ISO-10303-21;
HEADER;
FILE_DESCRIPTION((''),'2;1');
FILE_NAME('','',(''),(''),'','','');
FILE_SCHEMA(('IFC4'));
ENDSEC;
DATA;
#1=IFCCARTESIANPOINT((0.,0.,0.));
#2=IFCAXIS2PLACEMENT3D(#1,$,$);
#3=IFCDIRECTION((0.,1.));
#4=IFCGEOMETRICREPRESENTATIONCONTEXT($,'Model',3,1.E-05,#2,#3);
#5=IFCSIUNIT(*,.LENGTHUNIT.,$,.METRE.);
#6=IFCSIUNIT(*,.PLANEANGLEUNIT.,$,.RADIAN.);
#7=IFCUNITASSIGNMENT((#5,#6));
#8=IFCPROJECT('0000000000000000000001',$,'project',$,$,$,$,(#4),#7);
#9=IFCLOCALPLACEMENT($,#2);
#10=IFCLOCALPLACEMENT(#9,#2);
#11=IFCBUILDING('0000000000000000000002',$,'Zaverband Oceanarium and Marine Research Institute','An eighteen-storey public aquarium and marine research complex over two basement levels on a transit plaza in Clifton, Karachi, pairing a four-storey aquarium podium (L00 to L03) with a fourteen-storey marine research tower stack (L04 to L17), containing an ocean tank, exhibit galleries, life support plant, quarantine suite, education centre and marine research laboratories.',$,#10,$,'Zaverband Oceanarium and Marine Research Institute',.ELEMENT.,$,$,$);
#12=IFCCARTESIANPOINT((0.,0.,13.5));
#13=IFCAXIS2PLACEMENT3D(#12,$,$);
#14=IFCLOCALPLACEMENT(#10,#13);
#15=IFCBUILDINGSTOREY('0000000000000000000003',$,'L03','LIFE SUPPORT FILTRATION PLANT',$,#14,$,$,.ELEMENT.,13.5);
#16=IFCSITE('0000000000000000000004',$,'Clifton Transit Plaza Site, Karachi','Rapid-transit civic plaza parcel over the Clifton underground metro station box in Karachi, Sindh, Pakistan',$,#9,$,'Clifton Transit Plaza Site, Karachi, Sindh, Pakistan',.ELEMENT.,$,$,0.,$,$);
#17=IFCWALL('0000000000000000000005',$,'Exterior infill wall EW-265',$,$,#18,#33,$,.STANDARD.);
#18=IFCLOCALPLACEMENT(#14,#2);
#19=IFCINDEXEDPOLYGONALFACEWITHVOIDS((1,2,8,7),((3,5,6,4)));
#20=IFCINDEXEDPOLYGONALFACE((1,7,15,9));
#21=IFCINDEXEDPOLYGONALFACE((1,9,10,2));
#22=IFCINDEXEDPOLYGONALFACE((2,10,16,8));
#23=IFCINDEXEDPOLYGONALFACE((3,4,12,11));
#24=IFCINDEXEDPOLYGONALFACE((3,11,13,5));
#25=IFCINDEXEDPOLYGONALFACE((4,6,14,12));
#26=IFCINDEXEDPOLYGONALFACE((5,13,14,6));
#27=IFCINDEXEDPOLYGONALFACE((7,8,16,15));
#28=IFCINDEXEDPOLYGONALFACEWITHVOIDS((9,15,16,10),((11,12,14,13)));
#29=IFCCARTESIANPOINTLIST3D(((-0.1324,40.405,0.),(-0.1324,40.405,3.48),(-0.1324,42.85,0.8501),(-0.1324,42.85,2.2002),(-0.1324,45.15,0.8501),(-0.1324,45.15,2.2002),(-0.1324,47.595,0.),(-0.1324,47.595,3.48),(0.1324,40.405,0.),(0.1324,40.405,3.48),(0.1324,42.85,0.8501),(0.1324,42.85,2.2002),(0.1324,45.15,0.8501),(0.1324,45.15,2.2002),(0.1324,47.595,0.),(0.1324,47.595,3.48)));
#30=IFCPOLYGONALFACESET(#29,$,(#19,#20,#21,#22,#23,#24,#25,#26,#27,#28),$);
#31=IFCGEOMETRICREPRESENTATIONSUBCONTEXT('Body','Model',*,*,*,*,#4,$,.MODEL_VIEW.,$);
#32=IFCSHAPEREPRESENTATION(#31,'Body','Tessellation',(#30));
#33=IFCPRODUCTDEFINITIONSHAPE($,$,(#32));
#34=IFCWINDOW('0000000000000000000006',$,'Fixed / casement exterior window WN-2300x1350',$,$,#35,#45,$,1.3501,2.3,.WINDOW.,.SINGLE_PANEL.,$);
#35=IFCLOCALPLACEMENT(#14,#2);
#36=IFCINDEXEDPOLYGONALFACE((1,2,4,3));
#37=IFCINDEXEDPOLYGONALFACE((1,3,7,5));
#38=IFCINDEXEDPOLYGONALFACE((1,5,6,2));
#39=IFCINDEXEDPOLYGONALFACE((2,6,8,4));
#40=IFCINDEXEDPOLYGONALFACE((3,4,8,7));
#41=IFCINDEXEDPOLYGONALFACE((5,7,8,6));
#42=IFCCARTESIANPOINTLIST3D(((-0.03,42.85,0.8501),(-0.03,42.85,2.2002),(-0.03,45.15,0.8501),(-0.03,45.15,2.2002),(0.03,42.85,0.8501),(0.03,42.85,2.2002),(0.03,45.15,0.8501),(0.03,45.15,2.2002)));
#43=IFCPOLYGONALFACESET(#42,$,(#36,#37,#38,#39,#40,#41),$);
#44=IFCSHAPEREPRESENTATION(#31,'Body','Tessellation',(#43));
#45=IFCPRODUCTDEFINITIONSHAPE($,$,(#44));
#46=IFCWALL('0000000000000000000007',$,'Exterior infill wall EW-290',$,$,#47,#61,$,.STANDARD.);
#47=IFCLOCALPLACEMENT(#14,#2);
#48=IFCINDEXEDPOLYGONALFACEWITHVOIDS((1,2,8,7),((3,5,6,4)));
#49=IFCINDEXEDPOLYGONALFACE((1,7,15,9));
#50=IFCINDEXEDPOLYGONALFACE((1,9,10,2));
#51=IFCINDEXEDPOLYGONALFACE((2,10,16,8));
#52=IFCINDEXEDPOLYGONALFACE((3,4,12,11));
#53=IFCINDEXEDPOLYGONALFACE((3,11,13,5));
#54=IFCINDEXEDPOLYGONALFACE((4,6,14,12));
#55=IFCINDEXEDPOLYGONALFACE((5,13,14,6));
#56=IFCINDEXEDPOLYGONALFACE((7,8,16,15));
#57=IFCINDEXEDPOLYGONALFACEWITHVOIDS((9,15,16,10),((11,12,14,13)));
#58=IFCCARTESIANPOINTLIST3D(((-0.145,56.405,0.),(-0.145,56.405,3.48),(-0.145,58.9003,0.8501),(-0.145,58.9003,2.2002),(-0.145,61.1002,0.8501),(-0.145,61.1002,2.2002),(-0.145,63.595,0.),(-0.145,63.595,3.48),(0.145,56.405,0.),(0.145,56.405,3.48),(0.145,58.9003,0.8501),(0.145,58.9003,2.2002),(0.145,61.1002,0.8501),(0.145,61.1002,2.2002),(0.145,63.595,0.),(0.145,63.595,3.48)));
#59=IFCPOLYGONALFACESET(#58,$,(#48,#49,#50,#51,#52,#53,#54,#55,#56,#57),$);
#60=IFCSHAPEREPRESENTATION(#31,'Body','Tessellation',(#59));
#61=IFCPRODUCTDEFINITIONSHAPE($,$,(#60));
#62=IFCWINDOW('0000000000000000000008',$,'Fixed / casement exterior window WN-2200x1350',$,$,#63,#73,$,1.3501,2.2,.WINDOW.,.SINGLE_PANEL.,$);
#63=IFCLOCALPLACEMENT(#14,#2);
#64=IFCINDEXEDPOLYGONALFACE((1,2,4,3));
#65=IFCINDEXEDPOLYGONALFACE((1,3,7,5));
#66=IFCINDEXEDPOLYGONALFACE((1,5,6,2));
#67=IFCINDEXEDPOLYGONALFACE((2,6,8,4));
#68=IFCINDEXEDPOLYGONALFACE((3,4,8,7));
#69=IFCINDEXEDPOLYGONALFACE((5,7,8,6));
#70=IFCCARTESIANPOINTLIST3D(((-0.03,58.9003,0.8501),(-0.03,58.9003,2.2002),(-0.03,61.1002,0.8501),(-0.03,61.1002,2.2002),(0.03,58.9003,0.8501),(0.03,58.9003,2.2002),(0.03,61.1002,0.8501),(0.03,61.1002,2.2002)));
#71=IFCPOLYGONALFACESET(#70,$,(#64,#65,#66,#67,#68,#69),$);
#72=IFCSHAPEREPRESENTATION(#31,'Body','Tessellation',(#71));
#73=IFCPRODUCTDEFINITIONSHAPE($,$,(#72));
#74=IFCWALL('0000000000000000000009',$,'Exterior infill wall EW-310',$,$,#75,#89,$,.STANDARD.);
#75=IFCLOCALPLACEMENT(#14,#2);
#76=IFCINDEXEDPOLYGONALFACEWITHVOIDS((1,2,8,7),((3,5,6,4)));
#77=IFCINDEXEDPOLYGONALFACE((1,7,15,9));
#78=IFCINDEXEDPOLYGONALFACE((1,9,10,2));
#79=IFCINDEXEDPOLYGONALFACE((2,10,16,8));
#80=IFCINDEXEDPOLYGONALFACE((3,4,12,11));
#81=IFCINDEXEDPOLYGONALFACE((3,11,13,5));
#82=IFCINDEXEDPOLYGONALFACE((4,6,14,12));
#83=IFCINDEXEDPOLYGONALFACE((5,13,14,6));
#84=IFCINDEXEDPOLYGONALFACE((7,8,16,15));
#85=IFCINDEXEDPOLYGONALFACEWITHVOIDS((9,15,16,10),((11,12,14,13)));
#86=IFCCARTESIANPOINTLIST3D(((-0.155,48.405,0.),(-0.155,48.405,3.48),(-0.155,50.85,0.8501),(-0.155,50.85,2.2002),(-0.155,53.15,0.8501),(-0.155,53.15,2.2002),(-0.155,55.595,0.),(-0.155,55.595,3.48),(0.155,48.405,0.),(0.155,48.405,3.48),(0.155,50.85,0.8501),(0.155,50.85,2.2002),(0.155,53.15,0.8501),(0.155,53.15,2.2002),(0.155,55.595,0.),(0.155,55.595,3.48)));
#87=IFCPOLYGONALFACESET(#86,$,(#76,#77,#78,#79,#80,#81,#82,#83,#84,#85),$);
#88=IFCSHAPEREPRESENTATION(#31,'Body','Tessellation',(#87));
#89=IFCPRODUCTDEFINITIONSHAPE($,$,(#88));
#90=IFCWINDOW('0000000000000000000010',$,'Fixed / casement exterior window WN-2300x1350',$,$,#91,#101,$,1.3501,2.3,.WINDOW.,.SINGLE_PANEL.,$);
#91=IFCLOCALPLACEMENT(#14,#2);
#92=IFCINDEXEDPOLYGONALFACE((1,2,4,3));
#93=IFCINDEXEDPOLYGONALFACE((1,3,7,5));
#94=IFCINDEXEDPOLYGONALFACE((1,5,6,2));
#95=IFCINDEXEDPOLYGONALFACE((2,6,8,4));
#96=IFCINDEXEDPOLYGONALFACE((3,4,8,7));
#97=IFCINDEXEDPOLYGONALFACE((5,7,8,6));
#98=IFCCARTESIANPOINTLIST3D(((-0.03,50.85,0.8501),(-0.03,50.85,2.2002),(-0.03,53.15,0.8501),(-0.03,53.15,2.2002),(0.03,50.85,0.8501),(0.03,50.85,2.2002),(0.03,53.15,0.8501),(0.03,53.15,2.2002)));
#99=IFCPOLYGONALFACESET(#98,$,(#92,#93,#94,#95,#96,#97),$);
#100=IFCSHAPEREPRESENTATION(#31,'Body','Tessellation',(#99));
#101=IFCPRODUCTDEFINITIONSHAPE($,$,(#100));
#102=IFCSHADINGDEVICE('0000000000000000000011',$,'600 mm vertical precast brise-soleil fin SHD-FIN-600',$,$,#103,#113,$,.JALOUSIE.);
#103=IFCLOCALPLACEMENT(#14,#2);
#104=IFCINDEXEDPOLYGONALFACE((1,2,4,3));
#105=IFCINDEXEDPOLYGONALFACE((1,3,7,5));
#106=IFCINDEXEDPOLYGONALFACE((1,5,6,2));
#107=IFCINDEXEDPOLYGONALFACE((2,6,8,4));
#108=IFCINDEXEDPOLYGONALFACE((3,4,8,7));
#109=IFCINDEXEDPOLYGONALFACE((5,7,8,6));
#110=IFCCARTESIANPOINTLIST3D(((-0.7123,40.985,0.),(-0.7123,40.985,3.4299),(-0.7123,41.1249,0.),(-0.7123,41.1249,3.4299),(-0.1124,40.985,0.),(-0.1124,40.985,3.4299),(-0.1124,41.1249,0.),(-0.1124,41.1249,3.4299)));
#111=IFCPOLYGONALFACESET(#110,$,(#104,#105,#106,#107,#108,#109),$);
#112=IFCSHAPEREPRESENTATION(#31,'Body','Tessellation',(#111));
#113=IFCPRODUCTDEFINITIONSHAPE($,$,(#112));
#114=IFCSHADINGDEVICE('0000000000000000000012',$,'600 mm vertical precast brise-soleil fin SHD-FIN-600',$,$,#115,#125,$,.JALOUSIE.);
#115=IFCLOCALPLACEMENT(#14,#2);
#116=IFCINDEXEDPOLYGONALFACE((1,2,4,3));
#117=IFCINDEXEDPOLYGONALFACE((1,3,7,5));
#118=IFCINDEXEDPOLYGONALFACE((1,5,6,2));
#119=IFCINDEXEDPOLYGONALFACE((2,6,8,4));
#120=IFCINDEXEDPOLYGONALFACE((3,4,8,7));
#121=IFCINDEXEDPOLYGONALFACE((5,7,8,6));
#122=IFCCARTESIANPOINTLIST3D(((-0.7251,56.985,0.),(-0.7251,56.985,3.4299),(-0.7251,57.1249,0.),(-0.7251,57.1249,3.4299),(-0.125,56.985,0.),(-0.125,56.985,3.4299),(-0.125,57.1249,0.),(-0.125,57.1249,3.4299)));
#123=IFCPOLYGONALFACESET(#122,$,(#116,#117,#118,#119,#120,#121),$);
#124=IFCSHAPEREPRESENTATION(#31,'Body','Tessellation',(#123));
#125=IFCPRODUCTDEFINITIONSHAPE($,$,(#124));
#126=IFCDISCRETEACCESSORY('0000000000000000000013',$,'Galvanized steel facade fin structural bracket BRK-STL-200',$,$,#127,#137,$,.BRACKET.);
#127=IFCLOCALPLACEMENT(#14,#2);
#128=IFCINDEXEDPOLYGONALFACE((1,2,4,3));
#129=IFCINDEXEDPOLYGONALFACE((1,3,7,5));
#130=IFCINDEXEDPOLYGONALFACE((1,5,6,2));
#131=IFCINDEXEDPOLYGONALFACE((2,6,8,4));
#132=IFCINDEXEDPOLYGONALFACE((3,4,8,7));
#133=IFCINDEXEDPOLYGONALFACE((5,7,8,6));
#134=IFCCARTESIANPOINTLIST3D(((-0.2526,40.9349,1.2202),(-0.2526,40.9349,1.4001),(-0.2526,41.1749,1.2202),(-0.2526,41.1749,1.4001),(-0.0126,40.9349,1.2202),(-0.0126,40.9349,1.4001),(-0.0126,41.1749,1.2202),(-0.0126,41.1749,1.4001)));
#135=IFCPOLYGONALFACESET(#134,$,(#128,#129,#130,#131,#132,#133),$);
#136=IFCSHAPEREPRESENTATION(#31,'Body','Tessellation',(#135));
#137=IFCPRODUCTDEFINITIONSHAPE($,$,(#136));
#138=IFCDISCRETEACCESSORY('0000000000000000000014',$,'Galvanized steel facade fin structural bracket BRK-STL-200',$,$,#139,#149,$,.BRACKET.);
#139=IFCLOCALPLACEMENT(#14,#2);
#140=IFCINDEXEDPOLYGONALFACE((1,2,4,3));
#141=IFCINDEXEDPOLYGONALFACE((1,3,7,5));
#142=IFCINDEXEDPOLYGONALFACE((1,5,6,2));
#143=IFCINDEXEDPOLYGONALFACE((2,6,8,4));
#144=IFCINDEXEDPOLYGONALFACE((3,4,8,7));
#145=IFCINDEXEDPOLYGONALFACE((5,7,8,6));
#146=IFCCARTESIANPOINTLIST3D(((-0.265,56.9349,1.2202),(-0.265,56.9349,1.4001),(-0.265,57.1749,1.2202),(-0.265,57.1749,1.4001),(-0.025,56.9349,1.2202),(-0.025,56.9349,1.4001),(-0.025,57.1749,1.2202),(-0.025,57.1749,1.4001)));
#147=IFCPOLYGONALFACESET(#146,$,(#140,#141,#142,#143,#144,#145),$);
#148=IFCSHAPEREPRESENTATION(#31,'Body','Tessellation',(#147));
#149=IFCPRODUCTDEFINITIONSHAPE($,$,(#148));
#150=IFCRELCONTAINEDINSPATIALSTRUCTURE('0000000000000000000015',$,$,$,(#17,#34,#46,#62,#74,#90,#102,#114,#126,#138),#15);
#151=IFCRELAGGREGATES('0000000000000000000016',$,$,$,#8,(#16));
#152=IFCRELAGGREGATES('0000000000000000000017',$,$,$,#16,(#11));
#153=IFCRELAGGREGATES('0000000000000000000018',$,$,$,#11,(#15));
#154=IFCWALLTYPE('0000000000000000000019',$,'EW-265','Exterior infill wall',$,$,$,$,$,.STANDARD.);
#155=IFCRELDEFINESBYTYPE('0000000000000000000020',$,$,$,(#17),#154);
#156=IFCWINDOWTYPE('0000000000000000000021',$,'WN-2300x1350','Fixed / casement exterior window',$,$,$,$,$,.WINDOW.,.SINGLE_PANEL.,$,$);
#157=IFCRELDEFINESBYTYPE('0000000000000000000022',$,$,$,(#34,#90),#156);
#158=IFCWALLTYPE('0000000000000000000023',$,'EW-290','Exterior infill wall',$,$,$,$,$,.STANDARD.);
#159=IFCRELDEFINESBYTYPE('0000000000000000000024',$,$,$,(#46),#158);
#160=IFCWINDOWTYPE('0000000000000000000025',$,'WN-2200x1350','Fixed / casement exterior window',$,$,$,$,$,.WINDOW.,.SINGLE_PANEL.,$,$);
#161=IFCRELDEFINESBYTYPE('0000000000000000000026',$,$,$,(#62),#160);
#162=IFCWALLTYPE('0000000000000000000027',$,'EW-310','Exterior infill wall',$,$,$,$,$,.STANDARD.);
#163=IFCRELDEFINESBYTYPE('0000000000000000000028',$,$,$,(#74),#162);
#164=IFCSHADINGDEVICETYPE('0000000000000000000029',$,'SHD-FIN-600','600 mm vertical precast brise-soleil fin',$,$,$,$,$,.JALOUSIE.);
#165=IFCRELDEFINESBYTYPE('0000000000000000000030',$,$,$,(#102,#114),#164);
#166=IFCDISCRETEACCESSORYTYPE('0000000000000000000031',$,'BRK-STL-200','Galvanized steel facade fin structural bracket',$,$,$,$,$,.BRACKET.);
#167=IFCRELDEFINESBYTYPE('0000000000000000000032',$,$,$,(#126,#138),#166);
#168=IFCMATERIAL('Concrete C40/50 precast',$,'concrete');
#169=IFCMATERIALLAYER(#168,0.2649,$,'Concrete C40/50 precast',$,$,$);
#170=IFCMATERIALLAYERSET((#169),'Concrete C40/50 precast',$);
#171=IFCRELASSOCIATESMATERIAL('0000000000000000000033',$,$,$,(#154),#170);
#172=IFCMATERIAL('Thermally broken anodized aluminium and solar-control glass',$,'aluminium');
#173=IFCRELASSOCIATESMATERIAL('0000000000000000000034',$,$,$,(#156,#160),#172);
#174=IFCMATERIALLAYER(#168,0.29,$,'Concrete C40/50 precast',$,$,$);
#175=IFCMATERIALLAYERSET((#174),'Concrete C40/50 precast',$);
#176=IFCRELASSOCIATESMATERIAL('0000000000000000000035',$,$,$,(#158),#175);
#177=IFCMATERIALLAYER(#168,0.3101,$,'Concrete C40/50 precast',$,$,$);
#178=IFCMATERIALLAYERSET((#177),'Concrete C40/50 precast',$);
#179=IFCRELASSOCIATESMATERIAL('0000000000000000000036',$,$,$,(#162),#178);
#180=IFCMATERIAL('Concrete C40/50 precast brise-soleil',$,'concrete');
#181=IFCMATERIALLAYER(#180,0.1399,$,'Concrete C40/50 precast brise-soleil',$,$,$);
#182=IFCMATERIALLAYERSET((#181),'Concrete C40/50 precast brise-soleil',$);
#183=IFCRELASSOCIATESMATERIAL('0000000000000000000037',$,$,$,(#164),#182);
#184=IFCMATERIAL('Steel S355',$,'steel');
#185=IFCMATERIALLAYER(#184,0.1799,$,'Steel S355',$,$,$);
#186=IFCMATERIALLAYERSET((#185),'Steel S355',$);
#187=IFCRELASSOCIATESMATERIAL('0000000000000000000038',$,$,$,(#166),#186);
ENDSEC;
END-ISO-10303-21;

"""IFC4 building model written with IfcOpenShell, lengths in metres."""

from ifc_helpers import new_model, si_unit, direction, frame, frame_2d, origin, origin_2d, place, context, subcontext, project, spatial, rectangle, extrude, material, layer, layer_set, type_object, element, fill, save


model = new_model("IFC4")

# Units and contexts
model_context = context("Model", 3, precision=1e-05, world=origin(), true_north=direction((0.0, 1.0)))
body_context = subcontext(model_context, "Body", "Model", "MODEL_VIEW")
ifc_project = project(units=[si_unit("LENGTHUNIT", "METRE"), si_unit("PLANEANGLEUNIT", "RADIAN")], contexts=[model_context])

# Site, building, storey
site_placement = place(None, origin())
site = spatial("IfcSite", under=ifc_project, at=site_placement, Name="Clifton Transit Plaza Site, Karachi", Description="Rapid-transit civic plaza parcel over the Clifton underground metro station box in Karachi, Sindh, Pakistan", LongName="Clifton Transit Plaza Site, Karachi, Sindh, Pakistan", CompositionType="ELEMENT", RefElevation=0.0)
building_placement = place(site_placement, origin())
building = spatial("IfcBuilding", under=site, at=building_placement, Name="Zaverband Oceanarium and Marine Research Institute", Description="An eighteen-storey public aquarium and marine research complex over two basement levels on a transit plaza in Clifton, Karachi, pairing a four-storey aquarium podium (L00 to L03) with a fourteen-storey marine research tower stack (L04 to L17), containing an ocean tank, exhibit galleries, life support plant, quarantine suite, education centre and marine research laboratories.", LongName="Zaverband Oceanarium and Marine Research Institute", CompositionType="ELEMENT")
storey_placement = place(building_placement, frame((0.0, 0.0, 13.5)))
storey = spatial("IfcBuildingStorey", under=building, at=storey_placement, Name="L03", Description="LIFE SUPPORT FILTRATION PLANT", CompositionType="ELEMENT", Elevation=13.5)

# Walls, openings, windows
ifc_material_1 = material(Name="Concrete C40/50 precast", Category="concrete")
ifc_layer_1 = layer(ifc_material_1, 0.2649, Name="Concrete C40/50 precast")
ifc_layer_set_1 = layer_set([ifc_layer_1], Name="Concrete C40/50 precast")
wall_type_1 = type_object("IfcWallType", Name="EW-265", Description="Exterior infill wall", PredefinedType="STANDARD", material=ifc_layer_set_1)
wall_1_placement = place(storey_placement, frame((0.0, 40.405, 0.0), z_axis=(0.0, 0.0, 1.0), x_axis=(0.0, 1.0, 0.0)))
wall_1 = element("IfcWall", 1, at=wall_1_placement, inside=storey, type_object=wall_type_1, Name="Exterior infill wall EW-265", PredefinedType="STANDARD", context=body_context, shape_type="SweptSolid", body=[
    extrude(rectangle(XDim=7.1899, YDim=0.2649, at=frame_2d((3.595, 0.0))), origin(), (0.0, 0.0, 1.0), 3.48),
])
opening_1_placement = place(wall_1_placement, frame((2.4451, 0.0, 0.8501)))
opening_1 = element("IfcOpeningElement", 2, at=opening_1_placement, cuts=wall_1, PredefinedType="OPENING", context=body_context, shape_type="SweptSolid", body=[
    extrude(rectangle(XDim=2.3, YDim=1.3501, at=frame_2d((1.1499, 0.675))), frame((0.0, 0.1445, 0.0), z_axis=(0.0, -1.0, 0.0), x_axis=(1.0, 0.0, 0.0)), (0.0, 0.0, 1.0), 0.2888),
])
ifc_material_2 = material(Name="Thermally broken anodized aluminium and solar-control glass", Category="aluminium")
window_type_1 = type_object("IfcWindowType", Name="WN-2300x1350", Description="Fixed / casement exterior window", PartitioningType="SINGLE_PANEL", PredefinedType="WINDOW", material=ifc_material_2)
window_1_placement = place(opening_1_placement, origin())
window_1 = element("IfcWindow", 3, at=window_1_placement, inside=storey, type_object=window_type_1, Name="Fixed / casement exterior window WN-2300x1350", OverallHeight=1.3501, OverallWidth=2.3, PartitioningType="SINGLE_PANEL", PredefinedType="WINDOW", context=body_context, shape_type="SweptSolid", body=[
    extrude(rectangle(XDim=2.3, YDim=1.3501, at=frame_2d((1.1499, 0.675))), frame((0.0, 0.03, 0.0), z_axis=(0.0, -1.0, 0.0), x_axis=(1.0, 0.0, 0.0)), (0.0, 0.0, 1.0), 0.0601),
])
fill(opening_1, window_1)
ifc_layer_2 = layer(ifc_material_1, 0.29, Name="Concrete C40/50 precast")
ifc_layer_set_2 = layer_set([ifc_layer_2], Name="Concrete C40/50 precast")
wall_type_2 = type_object("IfcWallType", Name="EW-290", Description="Exterior infill wall", PredefinedType="STANDARD", material=ifc_layer_set_2)
wall_2_placement = place(storey_placement, frame((0.0, 56.405, 0.0), z_axis=(0.0, 0.0, 1.0), x_axis=(0.0, 1.0, 0.0)))
wall_2 = element("IfcWall", 4, at=wall_2_placement, inside=storey, type_object=wall_type_2, Name="Exterior infill wall EW-290", PredefinedType="STANDARD", context=body_context, shape_type="SweptSolid", body=[
    extrude(rectangle(XDim=7.1899, YDim=0.29, at=frame_2d((3.595, 0.0))), origin(), (0.0, 0.0, 1.0), 3.48),
])
opening_2_placement = place(wall_2_placement, frame((2.4951, 0.0, 0.8501)))
opening_2 = element("IfcOpeningElement", 5, at=opening_2_placement, cuts=wall_2, PredefinedType="OPENING", context=body_context, shape_type="SweptSolid", body=[
    extrude(rectangle(XDim=2.2, YDim=1.3501, at=frame_2d((1.1001, 0.675))), frame((0.0, 0.157, 0.0), z_axis=(0.0, -1.0, 0.0), x_axis=(1.0, 0.0, 0.0)), (0.0, 0.0, 1.0), 0.314),
])
window_type_2 = type_object("IfcWindowType", Name="WN-2200x1350", Description="Fixed / casement exterior window", PartitioningType="SINGLE_PANEL", PredefinedType="WINDOW", material=ifc_material_2)
window_2_placement = place(opening_2_placement, origin())
window_2 = element("IfcWindow", 6, at=window_2_placement, inside=storey, type_object=window_type_2, Name="Fixed / casement exterior window WN-2200x1350", OverallHeight=1.3501, OverallWidth=2.2, PartitioningType="SINGLE_PANEL", PredefinedType="WINDOW", context=body_context, shape_type="SweptSolid", body=[
    extrude(rectangle(XDim=2.2, YDim=1.3501, at=frame_2d((1.1001, 0.675))), frame((0.0, 0.03, 0.0), z_axis=(0.0, -1.0, 0.0), x_axis=(1.0, 0.0, 0.0)), (0.0, 0.0, 1.0), 0.0601),
])
fill(opening_2, window_2)
ifc_layer_3 = layer(ifc_material_1, 0.3101, Name="Concrete C40/50 precast")
ifc_layer_set_3 = layer_set([ifc_layer_3], Name="Concrete C40/50 precast")
wall_type_3 = type_object("IfcWallType", Name="EW-310", Description="Exterior infill wall", PredefinedType="STANDARD", material=ifc_layer_set_3)
wall_3_placement = place(storey_placement, frame((0.0, 48.405, 0.0), z_axis=(0.0, 0.0, 1.0), x_axis=(0.0, 1.0, 0.0)))
wall_3 = element("IfcWall", 7, at=wall_3_placement, inside=storey, type_object=wall_type_3, Name="Exterior infill wall EW-310", PredefinedType="STANDARD", context=body_context, shape_type="SweptSolid", body=[
    extrude(rectangle(XDim=7.1899, YDim=0.3101, at=frame_2d((3.595, 0.0))), origin(), (0.0, 0.0, 1.0), 3.48),
])
opening_3_placement = place(wall_3_placement, frame((2.4451, 0.0, 0.8501)))
opening_3 = element("IfcOpeningElement", 8, at=opening_3_placement, cuts=wall_3, PredefinedType="OPENING", context=body_context, shape_type="SweptSolid", body=[
    extrude(rectangle(XDim=2.3, YDim=1.3501, at=frame_2d((1.1499, 0.675))), frame((0.0, 0.167, 0.0), z_axis=(0.0, -1.0, 0.0), x_axis=(1.0, 0.0, 0.0)), (0.0, 0.0, 1.0), 0.334),
])
window_3_placement = place(opening_3_placement, origin())
window_3 = element("IfcWindow", 9, at=window_3_placement, inside=storey, type_object=window_type_1, Name="Fixed / casement exterior window WN-2300x1350", OverallHeight=1.3501, OverallWidth=2.3, PartitioningType="SINGLE_PANEL", PredefinedType="WINDOW", context=body_context, shape_type="SweptSolid", body=[
    extrude(rectangle(XDim=2.3, YDim=1.3501, at=frame_2d((1.1499, 0.675))), frame((0.0, 0.03, 0.0), z_axis=(0.0, -1.0, 0.0), x_axis=(1.0, 0.0, 0.0)), (0.0, 0.0, 1.0), 0.0601),
])
fill(opening_3, window_3)

# Shading devices
ifc_material_3 = material(Name="Concrete C40/50 precast brise-soleil", Category="concrete")
ifc_layer_4 = layer(ifc_material_3, 0.1399, Name="Concrete C40/50 precast brise-soleil")
ifc_layer_set_4 = layer_set([ifc_layer_4], Name="Concrete C40/50 precast brise-soleil")
shading_device_type = type_object("IfcShadingDeviceType", Name="SHD-FIN-600", Description="600 mm vertical precast brise-soleil fin", PredefinedType="JALOUSIE", material=ifc_layer_set_4)
shading_device_1_placement = place(storey_placement, frame((-0.1125, 41.0549, 0.0), z_axis=(0.0, 0.0, 1.0), x_axis=(-1.0, 0.0, 0.0)))
element("IfcShadingDevice", 10, at=shading_device_1_placement, inside=storey, type_object=shading_device_type, Name="600 mm vertical precast brise-soleil fin SHD-FIN-600", PredefinedType="JALOUSIE", context=body_context, shape_type="SweptSolid", body=[
    extrude(rectangle(XDim=0.5999, YDim=0.1399, at=frame_2d((0.2998, 0.0))), origin(), (0.0, 0.0, 1.0), 3.4299),
])
shading_device_2_placement = place(storey_placement, frame((-0.125, 57.0549, 0.0), z_axis=(0.0, 0.0, 1.0), x_axis=(-1.0, 0.0, 0.0)))
element("IfcShadingDevice", 11, at=shading_device_2_placement, inside=storey, type_object=shading_device_type, Name="600 mm vertical precast brise-soleil fin SHD-FIN-600", PredefinedType="JALOUSIE", context=body_context, shape_type="SweptSolid", body=[
    extrude(rectangle(XDim=0.6001, YDim=0.1399, at=frame_2d((0.3, 0.0))), origin(), (0.0, 0.0, 1.0), 3.4299),
])

# Discrete accessories
ifc_material_4 = material(Name="Steel S355", Category="steel")
ifc_layer_5 = layer(ifc_material_4, 0.1799, Name="Steel S355")
ifc_layer_set_5 = layer_set([ifc_layer_5], Name="Steel S355")
discrete_accessory_type = type_object("IfcDiscreteAccessoryType", Name="BRK-STL-200", Description="Galvanized steel facade fin structural bracket", PredefinedType="BRACKET", material=ifc_layer_set_5)
for number, where, z_axis, x_axis, name in (
    (12, (-0.1326, 41.0549, 1.2202), (0.0, 0.0, 1.0), (1.0, 0.0, 0.0), "Galvanized steel facade fin structural bracket BRK-STL-200"),
    (13, (-0.145, 57.0549, 1.2202), (0.0, 0.0, 1.0), (1.0, 0.0, 0.0), "Galvanized steel facade fin structural bracket BRK-STL-200"),
):
    element("IfcDiscreteAccessory", number, at=place(storey_placement, frame(where, z_axis=z_axis, x_axis=x_axis)), inside=storey, type_object=discrete_accessory_type, Name=name, PredefinedType="BRACKET", context=body_context, shape_type="SweptSolid", body=[
        extrude(rectangle(XDim=0.24, YDim=0.24, at=origin_2d()), origin(), (0.0, 0.0, 1.0), 0.1799),
    ])

save(model, "model.ifc")
